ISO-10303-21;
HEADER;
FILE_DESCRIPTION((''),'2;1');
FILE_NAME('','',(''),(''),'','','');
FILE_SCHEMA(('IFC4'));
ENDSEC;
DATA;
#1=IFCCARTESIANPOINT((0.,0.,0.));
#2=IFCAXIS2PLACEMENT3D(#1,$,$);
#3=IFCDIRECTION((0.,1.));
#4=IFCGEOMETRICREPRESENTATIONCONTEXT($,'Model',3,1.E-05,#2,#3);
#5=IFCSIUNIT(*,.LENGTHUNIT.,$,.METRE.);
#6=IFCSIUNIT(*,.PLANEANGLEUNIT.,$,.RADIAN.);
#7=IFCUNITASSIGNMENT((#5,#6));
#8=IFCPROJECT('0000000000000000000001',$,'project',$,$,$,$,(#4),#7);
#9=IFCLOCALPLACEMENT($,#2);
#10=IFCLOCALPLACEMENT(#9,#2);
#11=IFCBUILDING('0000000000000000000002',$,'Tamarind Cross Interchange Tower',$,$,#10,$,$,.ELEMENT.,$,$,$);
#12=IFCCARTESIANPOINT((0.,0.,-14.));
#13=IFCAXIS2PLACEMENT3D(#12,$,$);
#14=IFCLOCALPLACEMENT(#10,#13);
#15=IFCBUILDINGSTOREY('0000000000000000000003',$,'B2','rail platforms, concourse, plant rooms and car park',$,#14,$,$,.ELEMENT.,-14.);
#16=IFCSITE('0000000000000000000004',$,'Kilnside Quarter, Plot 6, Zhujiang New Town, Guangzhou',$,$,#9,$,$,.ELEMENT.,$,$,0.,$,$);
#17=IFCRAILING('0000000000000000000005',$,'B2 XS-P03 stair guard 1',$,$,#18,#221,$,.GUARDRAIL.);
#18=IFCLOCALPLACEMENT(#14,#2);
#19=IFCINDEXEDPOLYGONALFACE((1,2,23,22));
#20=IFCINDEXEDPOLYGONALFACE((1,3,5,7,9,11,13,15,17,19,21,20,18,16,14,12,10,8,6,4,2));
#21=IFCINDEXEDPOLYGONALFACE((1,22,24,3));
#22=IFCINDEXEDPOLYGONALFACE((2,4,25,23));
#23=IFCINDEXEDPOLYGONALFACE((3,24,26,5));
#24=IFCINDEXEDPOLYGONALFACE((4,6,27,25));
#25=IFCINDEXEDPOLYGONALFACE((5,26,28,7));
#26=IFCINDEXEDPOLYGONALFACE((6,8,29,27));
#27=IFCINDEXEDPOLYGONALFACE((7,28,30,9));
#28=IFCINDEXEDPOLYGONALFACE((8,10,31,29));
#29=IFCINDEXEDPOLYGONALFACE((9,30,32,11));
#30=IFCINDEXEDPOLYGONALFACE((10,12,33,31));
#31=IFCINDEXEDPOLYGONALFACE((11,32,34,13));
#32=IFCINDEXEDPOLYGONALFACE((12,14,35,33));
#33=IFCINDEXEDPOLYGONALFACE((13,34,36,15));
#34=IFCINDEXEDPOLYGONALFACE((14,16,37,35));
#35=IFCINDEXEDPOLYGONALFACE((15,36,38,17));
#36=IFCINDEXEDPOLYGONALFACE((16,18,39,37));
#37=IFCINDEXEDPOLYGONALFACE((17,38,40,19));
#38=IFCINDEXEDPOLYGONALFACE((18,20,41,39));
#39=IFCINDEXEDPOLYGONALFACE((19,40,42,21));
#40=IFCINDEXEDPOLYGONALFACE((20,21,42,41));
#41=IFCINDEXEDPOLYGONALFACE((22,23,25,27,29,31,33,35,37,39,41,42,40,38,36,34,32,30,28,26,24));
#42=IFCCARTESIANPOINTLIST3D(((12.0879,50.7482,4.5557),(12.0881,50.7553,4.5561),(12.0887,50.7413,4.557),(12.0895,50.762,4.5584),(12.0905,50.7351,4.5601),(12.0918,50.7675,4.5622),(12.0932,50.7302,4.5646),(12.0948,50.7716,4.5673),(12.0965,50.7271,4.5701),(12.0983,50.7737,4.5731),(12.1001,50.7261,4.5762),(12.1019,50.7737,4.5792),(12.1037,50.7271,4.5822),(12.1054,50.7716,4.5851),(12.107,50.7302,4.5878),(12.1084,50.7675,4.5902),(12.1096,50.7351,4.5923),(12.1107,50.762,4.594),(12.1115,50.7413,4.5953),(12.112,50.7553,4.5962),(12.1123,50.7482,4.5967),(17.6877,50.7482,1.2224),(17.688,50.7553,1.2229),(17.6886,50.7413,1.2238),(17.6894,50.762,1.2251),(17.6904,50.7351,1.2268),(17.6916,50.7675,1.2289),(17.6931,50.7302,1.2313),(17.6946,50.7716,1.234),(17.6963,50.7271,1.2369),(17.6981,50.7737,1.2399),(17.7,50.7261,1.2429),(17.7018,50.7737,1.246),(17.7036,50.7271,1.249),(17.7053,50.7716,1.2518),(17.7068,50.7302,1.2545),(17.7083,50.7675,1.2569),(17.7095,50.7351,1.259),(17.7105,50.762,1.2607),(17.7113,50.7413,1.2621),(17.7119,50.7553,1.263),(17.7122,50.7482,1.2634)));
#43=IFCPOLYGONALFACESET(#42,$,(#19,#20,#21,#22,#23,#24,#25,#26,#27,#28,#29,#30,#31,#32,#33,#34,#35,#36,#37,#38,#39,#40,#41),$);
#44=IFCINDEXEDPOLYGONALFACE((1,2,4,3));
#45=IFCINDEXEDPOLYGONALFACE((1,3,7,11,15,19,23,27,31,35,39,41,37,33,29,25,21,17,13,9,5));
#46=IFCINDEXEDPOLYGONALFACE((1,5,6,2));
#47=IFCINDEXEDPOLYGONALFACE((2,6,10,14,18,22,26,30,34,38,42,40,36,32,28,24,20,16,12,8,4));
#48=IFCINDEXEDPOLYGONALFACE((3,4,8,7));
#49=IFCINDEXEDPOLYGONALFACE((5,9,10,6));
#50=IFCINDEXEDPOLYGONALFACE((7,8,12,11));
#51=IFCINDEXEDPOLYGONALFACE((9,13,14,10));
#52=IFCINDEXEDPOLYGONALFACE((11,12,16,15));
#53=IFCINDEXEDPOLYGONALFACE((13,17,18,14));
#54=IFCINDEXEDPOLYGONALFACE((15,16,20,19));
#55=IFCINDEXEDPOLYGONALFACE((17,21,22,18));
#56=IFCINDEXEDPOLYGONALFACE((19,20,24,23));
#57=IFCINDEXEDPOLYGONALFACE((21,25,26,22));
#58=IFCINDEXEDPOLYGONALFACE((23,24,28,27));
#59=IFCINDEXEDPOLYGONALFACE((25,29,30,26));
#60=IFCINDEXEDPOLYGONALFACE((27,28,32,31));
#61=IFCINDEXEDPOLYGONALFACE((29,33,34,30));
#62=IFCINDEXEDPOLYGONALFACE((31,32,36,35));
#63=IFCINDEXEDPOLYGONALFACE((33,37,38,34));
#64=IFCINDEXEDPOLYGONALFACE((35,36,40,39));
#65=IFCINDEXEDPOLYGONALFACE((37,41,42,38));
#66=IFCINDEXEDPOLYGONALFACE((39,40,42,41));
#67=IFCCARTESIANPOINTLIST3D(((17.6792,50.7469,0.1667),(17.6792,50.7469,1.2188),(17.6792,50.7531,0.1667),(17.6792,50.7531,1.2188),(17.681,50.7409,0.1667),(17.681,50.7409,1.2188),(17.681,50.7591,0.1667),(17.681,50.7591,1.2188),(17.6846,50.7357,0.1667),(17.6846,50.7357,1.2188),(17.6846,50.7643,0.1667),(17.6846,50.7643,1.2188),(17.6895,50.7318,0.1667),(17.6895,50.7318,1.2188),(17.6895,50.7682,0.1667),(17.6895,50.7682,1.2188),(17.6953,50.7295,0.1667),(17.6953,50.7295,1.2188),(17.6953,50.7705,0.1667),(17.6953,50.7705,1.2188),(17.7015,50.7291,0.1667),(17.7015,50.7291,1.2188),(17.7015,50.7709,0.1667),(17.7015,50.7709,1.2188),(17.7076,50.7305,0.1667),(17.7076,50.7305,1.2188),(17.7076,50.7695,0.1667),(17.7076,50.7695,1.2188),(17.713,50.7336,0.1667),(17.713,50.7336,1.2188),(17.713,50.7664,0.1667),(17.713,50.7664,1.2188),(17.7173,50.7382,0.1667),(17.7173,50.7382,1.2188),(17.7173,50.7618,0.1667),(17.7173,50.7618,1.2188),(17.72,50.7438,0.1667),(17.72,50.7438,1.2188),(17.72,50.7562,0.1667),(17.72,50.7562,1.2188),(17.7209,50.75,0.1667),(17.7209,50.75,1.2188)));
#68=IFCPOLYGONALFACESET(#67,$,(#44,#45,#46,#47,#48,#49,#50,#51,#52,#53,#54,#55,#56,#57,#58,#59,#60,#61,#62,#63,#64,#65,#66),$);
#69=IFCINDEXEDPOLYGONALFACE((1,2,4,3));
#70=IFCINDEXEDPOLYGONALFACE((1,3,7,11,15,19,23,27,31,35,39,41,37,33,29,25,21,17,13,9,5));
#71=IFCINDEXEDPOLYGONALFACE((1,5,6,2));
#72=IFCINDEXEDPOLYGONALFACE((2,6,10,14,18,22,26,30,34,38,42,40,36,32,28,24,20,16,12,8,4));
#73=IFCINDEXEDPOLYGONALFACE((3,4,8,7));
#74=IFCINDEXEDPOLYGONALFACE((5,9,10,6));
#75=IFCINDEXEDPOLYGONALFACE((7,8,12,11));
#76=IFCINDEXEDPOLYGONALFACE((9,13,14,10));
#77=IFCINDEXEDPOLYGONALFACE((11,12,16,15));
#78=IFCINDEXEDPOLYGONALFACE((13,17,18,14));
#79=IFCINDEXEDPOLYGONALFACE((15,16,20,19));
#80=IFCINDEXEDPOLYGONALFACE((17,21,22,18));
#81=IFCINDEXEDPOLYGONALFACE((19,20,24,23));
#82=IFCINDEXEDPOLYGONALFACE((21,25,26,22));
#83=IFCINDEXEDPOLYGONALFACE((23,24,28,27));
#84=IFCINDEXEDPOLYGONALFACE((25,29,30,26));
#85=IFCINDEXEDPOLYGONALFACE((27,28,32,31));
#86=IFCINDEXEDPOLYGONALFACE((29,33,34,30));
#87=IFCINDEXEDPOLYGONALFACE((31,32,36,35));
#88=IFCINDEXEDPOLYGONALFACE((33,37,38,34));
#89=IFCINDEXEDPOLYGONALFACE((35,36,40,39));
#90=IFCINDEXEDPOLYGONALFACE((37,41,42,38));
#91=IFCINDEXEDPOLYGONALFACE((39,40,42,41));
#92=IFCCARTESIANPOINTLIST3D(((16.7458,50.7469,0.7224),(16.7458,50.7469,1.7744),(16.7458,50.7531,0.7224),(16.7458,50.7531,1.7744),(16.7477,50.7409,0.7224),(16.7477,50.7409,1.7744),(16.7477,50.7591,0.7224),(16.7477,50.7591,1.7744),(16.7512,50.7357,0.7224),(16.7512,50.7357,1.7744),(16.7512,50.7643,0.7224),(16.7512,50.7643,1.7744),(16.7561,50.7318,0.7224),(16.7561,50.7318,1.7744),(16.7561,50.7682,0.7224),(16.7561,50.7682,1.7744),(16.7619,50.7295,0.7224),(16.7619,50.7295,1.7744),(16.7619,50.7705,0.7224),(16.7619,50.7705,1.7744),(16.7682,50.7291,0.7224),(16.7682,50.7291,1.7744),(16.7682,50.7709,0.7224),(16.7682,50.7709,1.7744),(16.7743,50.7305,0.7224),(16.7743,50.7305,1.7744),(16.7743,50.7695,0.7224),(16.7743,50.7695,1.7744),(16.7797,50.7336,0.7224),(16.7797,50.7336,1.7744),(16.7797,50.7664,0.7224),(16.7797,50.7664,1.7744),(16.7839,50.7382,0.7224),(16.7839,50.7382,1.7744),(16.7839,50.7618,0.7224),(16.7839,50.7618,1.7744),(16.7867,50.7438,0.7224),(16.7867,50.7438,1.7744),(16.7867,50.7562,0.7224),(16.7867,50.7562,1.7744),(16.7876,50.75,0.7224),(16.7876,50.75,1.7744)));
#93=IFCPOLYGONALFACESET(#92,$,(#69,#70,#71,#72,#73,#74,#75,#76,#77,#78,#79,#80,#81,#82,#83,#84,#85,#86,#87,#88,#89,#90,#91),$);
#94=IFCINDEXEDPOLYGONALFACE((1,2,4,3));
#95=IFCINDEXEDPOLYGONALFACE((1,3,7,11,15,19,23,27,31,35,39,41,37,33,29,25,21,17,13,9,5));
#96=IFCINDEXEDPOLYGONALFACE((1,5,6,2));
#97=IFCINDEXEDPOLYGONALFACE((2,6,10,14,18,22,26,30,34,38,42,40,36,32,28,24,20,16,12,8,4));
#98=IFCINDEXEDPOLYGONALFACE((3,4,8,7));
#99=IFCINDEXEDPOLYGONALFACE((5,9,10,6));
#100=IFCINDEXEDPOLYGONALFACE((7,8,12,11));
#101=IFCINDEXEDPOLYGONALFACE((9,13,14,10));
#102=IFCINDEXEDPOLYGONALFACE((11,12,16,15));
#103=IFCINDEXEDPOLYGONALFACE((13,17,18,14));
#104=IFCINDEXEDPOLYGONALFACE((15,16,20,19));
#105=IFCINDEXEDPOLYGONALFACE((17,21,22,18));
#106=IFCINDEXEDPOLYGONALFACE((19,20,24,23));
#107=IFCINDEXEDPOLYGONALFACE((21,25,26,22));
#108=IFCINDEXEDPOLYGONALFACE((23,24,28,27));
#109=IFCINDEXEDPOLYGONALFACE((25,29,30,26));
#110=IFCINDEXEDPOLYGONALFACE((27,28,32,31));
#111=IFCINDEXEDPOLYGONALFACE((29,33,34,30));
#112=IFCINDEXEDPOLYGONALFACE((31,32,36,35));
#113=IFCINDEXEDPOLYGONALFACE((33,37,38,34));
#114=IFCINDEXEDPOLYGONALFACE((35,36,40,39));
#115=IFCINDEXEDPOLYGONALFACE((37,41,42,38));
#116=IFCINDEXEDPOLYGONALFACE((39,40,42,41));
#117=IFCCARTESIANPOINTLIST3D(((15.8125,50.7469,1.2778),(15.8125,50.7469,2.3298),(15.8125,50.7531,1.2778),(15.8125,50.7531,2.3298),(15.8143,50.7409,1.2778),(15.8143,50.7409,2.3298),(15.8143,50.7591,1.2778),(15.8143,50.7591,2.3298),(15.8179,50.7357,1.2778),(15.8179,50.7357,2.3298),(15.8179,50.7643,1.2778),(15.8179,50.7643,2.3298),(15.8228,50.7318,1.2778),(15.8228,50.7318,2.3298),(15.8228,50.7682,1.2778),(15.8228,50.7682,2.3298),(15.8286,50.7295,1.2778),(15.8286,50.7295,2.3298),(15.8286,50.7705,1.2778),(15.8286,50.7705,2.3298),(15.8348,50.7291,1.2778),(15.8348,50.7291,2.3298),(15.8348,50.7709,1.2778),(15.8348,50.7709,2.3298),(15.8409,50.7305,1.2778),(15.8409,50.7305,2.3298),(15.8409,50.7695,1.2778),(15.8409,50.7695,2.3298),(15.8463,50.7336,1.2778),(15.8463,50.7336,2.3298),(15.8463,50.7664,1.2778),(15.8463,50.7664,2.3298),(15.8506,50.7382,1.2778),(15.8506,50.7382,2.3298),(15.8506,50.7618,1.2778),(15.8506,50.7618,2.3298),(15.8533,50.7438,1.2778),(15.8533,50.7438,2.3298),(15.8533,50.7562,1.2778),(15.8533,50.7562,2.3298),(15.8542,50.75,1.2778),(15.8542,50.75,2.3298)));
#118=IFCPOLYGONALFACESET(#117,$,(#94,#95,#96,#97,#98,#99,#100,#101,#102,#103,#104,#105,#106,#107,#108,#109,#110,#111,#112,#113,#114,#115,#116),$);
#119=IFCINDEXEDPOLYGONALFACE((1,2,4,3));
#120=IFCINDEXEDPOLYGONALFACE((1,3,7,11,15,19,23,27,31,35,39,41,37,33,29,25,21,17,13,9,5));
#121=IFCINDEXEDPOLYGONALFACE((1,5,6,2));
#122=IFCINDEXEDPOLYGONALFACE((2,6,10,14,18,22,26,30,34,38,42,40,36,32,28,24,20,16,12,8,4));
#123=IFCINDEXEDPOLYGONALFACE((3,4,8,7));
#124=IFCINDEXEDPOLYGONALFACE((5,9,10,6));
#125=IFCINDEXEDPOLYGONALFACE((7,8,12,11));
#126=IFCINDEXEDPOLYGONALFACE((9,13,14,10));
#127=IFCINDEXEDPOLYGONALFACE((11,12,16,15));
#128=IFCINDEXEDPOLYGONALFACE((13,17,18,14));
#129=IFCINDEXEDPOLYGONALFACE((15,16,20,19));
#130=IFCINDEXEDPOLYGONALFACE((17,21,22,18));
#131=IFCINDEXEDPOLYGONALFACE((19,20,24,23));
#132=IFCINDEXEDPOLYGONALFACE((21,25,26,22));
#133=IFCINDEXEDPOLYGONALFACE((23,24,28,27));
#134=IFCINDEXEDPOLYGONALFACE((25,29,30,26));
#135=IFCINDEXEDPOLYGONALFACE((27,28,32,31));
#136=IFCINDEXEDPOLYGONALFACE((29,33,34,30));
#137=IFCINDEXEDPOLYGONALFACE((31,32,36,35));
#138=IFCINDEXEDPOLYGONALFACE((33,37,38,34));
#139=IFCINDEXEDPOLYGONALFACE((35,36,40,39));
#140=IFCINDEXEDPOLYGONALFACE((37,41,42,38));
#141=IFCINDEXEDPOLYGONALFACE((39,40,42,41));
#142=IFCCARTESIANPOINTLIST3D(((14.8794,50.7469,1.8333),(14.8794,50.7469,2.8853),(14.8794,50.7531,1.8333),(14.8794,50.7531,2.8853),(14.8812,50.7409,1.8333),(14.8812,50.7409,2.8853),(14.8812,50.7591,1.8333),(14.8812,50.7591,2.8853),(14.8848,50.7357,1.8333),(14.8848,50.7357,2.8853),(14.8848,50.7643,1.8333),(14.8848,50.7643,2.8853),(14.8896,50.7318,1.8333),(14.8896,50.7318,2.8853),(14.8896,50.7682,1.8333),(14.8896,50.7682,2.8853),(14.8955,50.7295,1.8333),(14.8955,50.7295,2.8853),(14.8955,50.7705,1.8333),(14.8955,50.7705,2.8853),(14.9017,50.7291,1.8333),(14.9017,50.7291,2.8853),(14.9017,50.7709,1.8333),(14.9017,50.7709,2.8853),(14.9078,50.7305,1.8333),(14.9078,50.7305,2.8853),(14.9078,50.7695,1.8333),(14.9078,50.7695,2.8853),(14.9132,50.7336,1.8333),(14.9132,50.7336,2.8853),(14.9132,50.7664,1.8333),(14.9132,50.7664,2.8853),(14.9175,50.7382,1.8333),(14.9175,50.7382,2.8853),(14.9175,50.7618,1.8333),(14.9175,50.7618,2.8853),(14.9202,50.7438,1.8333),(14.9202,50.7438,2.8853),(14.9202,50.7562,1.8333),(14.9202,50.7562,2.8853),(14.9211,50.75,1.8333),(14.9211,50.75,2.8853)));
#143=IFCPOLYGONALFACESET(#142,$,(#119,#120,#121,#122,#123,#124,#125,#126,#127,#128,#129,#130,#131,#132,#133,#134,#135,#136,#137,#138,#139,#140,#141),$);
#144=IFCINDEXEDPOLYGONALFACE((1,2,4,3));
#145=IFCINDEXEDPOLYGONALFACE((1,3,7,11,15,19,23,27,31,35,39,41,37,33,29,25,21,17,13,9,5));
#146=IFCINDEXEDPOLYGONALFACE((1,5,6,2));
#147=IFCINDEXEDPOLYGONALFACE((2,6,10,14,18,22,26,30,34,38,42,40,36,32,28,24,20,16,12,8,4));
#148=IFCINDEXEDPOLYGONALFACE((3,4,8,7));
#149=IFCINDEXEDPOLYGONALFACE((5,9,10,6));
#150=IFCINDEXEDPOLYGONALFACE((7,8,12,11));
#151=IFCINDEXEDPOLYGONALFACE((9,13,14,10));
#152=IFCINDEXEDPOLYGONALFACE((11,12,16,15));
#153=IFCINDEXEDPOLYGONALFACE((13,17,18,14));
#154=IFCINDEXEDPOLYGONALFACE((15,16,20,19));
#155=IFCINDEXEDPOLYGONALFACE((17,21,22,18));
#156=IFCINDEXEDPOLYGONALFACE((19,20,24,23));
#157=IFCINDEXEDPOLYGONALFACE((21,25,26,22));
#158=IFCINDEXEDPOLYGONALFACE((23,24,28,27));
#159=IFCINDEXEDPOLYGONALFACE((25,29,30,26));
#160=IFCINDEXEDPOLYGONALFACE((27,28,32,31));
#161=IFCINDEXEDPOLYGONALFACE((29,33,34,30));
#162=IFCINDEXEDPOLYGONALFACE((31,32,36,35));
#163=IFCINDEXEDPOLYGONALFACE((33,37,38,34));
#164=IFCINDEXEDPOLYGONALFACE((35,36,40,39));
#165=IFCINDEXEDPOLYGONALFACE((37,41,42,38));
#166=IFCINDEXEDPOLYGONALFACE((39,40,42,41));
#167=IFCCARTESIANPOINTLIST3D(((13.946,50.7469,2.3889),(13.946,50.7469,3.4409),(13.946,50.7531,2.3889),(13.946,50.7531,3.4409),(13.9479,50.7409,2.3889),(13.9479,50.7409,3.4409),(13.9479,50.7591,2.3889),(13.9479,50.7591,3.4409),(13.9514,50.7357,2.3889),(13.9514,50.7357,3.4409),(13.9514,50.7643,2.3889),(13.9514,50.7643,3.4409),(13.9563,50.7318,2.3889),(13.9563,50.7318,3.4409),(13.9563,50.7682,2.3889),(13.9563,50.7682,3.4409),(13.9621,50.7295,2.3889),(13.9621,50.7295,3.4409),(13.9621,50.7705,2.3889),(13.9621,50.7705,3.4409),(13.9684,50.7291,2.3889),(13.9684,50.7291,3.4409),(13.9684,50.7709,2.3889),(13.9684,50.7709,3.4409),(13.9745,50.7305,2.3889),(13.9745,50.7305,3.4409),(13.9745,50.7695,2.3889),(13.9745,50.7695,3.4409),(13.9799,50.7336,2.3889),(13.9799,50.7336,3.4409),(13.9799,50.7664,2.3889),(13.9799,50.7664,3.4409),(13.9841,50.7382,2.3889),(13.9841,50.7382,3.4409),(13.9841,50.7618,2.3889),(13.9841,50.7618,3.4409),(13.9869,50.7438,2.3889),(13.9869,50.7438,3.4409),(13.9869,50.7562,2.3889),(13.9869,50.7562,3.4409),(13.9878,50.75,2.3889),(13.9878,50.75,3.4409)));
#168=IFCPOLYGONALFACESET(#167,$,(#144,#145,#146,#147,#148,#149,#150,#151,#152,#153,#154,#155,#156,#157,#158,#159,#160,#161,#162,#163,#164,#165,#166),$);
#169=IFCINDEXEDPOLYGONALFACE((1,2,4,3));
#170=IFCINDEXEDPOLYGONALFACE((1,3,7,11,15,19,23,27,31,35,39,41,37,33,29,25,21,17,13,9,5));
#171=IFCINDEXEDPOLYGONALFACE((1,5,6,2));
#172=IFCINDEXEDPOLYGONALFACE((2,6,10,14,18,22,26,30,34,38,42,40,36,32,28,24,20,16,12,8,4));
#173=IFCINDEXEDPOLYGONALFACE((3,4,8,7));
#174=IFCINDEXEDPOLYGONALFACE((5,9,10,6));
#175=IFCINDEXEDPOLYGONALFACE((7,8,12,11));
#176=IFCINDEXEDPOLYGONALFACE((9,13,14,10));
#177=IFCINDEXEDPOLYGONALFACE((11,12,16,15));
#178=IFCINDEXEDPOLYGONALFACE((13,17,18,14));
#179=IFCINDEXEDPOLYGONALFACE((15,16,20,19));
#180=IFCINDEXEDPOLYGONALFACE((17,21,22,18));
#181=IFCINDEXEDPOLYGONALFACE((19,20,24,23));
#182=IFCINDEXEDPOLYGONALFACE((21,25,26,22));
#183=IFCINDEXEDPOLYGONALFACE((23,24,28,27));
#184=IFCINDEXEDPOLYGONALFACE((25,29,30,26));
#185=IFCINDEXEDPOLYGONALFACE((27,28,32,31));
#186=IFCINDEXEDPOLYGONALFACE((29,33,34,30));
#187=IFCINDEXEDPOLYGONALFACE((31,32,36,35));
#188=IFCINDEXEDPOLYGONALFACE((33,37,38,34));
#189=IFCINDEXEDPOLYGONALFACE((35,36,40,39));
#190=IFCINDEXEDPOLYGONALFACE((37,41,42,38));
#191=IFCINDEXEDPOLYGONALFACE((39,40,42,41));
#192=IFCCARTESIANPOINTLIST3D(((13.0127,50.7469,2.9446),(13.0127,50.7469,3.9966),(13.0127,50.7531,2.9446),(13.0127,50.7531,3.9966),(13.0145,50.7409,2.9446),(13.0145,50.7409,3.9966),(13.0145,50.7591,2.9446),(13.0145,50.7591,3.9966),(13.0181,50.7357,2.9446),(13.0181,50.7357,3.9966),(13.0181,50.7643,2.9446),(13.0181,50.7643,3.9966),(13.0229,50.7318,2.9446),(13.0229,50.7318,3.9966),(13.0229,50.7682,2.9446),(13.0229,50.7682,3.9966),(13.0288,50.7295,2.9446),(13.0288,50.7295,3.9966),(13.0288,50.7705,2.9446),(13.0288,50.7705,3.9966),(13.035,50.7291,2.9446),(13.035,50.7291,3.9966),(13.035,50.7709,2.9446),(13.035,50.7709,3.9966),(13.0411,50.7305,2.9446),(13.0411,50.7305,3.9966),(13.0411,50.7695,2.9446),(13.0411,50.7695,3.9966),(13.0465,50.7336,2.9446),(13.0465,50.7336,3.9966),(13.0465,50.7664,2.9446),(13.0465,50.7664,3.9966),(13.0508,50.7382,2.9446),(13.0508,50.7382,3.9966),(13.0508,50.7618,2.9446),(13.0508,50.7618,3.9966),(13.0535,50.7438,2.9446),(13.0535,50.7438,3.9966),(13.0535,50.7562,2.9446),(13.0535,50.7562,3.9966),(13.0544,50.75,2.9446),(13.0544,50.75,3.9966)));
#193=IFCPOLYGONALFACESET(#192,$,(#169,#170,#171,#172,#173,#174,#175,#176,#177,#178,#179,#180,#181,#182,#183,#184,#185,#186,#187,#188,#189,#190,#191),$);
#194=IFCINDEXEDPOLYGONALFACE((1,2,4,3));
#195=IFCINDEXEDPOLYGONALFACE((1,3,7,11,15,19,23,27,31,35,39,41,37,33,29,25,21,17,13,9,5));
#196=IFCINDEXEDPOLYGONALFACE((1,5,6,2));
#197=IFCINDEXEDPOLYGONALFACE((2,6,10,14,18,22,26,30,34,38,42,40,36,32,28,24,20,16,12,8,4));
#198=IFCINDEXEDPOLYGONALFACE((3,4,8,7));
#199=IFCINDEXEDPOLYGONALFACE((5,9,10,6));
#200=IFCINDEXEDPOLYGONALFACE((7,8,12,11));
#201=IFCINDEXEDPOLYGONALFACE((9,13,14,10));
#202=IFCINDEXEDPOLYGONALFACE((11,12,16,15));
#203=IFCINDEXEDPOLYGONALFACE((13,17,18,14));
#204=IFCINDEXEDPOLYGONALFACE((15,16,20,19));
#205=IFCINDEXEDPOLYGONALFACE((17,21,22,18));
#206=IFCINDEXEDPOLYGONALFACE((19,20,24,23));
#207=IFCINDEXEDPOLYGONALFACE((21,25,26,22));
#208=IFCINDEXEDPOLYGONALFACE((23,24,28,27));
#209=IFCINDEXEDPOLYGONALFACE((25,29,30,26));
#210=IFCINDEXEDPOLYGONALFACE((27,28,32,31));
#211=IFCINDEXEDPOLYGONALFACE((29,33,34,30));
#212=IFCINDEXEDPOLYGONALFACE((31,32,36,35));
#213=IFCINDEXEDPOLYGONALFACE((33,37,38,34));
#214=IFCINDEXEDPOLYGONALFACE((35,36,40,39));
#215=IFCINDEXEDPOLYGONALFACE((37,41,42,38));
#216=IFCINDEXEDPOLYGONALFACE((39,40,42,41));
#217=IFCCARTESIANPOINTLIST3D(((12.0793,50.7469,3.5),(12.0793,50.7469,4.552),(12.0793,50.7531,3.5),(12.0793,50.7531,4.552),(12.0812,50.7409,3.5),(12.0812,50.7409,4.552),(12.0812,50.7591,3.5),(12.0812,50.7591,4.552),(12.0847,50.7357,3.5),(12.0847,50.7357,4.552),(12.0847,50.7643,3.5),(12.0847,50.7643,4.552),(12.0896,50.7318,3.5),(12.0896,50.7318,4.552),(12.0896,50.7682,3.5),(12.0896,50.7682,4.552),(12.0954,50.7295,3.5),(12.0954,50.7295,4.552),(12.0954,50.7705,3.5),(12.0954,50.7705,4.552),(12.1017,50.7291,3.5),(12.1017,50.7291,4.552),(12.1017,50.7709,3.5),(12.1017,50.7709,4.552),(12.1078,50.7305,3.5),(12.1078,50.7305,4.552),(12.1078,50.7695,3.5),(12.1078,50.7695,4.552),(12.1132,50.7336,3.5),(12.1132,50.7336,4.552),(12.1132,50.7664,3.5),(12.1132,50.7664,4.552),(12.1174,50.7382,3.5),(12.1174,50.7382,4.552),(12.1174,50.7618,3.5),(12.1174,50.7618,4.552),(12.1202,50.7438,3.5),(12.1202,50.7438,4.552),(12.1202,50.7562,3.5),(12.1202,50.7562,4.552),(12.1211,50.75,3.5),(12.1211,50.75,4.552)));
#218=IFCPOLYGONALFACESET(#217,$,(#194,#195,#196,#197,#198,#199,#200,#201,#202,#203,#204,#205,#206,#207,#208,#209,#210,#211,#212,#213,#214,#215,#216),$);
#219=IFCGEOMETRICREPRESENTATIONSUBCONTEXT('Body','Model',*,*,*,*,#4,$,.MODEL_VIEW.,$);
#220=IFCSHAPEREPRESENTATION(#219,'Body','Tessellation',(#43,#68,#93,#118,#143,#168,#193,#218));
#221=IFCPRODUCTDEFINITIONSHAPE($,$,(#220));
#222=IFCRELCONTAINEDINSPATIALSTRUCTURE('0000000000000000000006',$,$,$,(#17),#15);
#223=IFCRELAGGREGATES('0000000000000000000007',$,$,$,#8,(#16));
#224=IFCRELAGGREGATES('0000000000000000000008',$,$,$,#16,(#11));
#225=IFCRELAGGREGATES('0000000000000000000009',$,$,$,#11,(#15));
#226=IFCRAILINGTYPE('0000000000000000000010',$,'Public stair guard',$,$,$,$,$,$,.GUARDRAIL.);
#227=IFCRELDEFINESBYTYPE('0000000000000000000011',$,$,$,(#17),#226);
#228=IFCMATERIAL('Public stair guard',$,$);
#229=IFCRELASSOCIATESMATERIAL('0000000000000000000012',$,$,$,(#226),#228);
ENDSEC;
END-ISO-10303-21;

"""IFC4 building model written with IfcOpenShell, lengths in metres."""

from ifc_helpers import new_model, si_unit, direction, frame, origin, origin_2d, place, context, subcontext, project, spatial, circle, extrude, material, type_object, element, save


model = new_model("IFC4")

# Units and contexts
model_context = context("Model", 3, precision=1e-05, world=origin(), true_north=direction((0.0, 1.0)))
body_context = subcontext(model_context, "Body", "Model", "MODEL_VIEW")
ifc_project = project(units=[si_unit("LENGTHUNIT", "METRE"), si_unit("PLANEANGLEUNIT", "RADIAN")], contexts=[model_context])

# Site, building, storey
site_placement = place(None, origin())
site = spatial("IfcSite", under=ifc_project, at=site_placement, Name="Kilnside Quarter, Plot 6, Zhujiang New Town, Guangzhou", CompositionType="ELEMENT", RefElevation=0.0)
building_placement = place(site_placement, origin())
building = spatial("IfcBuilding", under=site, at=building_placement, Name="Tamarind Cross Interchange Tower", CompositionType="ELEMENT")
storey_placement = place(building_placement, frame((0.0, 0.0, -14.0)))
storey = spatial("IfcBuildingStorey", under=building, at=storey_placement, Name="B2", Description="rail platforms, concourse, plant rooms and car park", CompositionType="ELEMENT", Elevation=-14.0)

# Railing
ifc_material_1 = material(Name="Public stair guard")
railing_type_1 = type_object("IfcRailingType", Name="Public stair guard", PredefinedType="GUARDRAIL", material=ifc_material_1)
railing_1_placement = place(storey_placement, frame((17.7, 50.75, 0.1667)))
element("IfcRailing", 1, at=railing_1_placement, inside=storey, type_object=railing_type_1, Name="B2 XS-P03 stair guard 1", PredefinedType="GUARDRAIL", context=body_context, shape_type="SweptSolid", body=[
    extrude(circle(Radius=0.0239, at=origin_2d()), frame((0.0, 0.0, 1.0762), z_axis=(-0.859292, 0.0, 0.511485), x_axis=(0.0, -1.0, 0.0)), (0.0, 0.0, 1.0), 6.5168),
    extrude(circle(Radius=0.021, at=origin_2d()), origin(), (0.0, 0.0, 1.0), 1.052),
    extrude(circle(Radius=0.021, at=origin_2d()), frame((-0.9333, 0.0, 0.5557)), (0.0, 0.0, 1.0), 1.052),
    extrude(circle(Radius=0.021, at=origin_2d()), frame((-1.8667, 0.0, 1.1111)), (0.0, 0.0, 1.0), 1.052),
    extrude(circle(Radius=0.021, at=origin_2d()), frame((-2.7998, 0.0, 1.6665)), (0.0, 0.0, 1.0), 1.052),
    extrude(circle(Radius=0.021, at=origin_2d()), frame((-3.7332, 0.0, 2.2222)), (0.0, 0.0, 1.0), 1.052),
    extrude(circle(Radius=0.021, at=origin_2d()), frame((-4.6665, 0.0, 2.7778)), (0.0, 0.0, 1.0), 1.052),
    extrude(circle(Radius=0.021, at=origin_2d()), frame((-5.5999, 0.0, 3.3333)), (0.0, 0.0, 1.0), 1.052),
])

save(model, "model.ifc")
